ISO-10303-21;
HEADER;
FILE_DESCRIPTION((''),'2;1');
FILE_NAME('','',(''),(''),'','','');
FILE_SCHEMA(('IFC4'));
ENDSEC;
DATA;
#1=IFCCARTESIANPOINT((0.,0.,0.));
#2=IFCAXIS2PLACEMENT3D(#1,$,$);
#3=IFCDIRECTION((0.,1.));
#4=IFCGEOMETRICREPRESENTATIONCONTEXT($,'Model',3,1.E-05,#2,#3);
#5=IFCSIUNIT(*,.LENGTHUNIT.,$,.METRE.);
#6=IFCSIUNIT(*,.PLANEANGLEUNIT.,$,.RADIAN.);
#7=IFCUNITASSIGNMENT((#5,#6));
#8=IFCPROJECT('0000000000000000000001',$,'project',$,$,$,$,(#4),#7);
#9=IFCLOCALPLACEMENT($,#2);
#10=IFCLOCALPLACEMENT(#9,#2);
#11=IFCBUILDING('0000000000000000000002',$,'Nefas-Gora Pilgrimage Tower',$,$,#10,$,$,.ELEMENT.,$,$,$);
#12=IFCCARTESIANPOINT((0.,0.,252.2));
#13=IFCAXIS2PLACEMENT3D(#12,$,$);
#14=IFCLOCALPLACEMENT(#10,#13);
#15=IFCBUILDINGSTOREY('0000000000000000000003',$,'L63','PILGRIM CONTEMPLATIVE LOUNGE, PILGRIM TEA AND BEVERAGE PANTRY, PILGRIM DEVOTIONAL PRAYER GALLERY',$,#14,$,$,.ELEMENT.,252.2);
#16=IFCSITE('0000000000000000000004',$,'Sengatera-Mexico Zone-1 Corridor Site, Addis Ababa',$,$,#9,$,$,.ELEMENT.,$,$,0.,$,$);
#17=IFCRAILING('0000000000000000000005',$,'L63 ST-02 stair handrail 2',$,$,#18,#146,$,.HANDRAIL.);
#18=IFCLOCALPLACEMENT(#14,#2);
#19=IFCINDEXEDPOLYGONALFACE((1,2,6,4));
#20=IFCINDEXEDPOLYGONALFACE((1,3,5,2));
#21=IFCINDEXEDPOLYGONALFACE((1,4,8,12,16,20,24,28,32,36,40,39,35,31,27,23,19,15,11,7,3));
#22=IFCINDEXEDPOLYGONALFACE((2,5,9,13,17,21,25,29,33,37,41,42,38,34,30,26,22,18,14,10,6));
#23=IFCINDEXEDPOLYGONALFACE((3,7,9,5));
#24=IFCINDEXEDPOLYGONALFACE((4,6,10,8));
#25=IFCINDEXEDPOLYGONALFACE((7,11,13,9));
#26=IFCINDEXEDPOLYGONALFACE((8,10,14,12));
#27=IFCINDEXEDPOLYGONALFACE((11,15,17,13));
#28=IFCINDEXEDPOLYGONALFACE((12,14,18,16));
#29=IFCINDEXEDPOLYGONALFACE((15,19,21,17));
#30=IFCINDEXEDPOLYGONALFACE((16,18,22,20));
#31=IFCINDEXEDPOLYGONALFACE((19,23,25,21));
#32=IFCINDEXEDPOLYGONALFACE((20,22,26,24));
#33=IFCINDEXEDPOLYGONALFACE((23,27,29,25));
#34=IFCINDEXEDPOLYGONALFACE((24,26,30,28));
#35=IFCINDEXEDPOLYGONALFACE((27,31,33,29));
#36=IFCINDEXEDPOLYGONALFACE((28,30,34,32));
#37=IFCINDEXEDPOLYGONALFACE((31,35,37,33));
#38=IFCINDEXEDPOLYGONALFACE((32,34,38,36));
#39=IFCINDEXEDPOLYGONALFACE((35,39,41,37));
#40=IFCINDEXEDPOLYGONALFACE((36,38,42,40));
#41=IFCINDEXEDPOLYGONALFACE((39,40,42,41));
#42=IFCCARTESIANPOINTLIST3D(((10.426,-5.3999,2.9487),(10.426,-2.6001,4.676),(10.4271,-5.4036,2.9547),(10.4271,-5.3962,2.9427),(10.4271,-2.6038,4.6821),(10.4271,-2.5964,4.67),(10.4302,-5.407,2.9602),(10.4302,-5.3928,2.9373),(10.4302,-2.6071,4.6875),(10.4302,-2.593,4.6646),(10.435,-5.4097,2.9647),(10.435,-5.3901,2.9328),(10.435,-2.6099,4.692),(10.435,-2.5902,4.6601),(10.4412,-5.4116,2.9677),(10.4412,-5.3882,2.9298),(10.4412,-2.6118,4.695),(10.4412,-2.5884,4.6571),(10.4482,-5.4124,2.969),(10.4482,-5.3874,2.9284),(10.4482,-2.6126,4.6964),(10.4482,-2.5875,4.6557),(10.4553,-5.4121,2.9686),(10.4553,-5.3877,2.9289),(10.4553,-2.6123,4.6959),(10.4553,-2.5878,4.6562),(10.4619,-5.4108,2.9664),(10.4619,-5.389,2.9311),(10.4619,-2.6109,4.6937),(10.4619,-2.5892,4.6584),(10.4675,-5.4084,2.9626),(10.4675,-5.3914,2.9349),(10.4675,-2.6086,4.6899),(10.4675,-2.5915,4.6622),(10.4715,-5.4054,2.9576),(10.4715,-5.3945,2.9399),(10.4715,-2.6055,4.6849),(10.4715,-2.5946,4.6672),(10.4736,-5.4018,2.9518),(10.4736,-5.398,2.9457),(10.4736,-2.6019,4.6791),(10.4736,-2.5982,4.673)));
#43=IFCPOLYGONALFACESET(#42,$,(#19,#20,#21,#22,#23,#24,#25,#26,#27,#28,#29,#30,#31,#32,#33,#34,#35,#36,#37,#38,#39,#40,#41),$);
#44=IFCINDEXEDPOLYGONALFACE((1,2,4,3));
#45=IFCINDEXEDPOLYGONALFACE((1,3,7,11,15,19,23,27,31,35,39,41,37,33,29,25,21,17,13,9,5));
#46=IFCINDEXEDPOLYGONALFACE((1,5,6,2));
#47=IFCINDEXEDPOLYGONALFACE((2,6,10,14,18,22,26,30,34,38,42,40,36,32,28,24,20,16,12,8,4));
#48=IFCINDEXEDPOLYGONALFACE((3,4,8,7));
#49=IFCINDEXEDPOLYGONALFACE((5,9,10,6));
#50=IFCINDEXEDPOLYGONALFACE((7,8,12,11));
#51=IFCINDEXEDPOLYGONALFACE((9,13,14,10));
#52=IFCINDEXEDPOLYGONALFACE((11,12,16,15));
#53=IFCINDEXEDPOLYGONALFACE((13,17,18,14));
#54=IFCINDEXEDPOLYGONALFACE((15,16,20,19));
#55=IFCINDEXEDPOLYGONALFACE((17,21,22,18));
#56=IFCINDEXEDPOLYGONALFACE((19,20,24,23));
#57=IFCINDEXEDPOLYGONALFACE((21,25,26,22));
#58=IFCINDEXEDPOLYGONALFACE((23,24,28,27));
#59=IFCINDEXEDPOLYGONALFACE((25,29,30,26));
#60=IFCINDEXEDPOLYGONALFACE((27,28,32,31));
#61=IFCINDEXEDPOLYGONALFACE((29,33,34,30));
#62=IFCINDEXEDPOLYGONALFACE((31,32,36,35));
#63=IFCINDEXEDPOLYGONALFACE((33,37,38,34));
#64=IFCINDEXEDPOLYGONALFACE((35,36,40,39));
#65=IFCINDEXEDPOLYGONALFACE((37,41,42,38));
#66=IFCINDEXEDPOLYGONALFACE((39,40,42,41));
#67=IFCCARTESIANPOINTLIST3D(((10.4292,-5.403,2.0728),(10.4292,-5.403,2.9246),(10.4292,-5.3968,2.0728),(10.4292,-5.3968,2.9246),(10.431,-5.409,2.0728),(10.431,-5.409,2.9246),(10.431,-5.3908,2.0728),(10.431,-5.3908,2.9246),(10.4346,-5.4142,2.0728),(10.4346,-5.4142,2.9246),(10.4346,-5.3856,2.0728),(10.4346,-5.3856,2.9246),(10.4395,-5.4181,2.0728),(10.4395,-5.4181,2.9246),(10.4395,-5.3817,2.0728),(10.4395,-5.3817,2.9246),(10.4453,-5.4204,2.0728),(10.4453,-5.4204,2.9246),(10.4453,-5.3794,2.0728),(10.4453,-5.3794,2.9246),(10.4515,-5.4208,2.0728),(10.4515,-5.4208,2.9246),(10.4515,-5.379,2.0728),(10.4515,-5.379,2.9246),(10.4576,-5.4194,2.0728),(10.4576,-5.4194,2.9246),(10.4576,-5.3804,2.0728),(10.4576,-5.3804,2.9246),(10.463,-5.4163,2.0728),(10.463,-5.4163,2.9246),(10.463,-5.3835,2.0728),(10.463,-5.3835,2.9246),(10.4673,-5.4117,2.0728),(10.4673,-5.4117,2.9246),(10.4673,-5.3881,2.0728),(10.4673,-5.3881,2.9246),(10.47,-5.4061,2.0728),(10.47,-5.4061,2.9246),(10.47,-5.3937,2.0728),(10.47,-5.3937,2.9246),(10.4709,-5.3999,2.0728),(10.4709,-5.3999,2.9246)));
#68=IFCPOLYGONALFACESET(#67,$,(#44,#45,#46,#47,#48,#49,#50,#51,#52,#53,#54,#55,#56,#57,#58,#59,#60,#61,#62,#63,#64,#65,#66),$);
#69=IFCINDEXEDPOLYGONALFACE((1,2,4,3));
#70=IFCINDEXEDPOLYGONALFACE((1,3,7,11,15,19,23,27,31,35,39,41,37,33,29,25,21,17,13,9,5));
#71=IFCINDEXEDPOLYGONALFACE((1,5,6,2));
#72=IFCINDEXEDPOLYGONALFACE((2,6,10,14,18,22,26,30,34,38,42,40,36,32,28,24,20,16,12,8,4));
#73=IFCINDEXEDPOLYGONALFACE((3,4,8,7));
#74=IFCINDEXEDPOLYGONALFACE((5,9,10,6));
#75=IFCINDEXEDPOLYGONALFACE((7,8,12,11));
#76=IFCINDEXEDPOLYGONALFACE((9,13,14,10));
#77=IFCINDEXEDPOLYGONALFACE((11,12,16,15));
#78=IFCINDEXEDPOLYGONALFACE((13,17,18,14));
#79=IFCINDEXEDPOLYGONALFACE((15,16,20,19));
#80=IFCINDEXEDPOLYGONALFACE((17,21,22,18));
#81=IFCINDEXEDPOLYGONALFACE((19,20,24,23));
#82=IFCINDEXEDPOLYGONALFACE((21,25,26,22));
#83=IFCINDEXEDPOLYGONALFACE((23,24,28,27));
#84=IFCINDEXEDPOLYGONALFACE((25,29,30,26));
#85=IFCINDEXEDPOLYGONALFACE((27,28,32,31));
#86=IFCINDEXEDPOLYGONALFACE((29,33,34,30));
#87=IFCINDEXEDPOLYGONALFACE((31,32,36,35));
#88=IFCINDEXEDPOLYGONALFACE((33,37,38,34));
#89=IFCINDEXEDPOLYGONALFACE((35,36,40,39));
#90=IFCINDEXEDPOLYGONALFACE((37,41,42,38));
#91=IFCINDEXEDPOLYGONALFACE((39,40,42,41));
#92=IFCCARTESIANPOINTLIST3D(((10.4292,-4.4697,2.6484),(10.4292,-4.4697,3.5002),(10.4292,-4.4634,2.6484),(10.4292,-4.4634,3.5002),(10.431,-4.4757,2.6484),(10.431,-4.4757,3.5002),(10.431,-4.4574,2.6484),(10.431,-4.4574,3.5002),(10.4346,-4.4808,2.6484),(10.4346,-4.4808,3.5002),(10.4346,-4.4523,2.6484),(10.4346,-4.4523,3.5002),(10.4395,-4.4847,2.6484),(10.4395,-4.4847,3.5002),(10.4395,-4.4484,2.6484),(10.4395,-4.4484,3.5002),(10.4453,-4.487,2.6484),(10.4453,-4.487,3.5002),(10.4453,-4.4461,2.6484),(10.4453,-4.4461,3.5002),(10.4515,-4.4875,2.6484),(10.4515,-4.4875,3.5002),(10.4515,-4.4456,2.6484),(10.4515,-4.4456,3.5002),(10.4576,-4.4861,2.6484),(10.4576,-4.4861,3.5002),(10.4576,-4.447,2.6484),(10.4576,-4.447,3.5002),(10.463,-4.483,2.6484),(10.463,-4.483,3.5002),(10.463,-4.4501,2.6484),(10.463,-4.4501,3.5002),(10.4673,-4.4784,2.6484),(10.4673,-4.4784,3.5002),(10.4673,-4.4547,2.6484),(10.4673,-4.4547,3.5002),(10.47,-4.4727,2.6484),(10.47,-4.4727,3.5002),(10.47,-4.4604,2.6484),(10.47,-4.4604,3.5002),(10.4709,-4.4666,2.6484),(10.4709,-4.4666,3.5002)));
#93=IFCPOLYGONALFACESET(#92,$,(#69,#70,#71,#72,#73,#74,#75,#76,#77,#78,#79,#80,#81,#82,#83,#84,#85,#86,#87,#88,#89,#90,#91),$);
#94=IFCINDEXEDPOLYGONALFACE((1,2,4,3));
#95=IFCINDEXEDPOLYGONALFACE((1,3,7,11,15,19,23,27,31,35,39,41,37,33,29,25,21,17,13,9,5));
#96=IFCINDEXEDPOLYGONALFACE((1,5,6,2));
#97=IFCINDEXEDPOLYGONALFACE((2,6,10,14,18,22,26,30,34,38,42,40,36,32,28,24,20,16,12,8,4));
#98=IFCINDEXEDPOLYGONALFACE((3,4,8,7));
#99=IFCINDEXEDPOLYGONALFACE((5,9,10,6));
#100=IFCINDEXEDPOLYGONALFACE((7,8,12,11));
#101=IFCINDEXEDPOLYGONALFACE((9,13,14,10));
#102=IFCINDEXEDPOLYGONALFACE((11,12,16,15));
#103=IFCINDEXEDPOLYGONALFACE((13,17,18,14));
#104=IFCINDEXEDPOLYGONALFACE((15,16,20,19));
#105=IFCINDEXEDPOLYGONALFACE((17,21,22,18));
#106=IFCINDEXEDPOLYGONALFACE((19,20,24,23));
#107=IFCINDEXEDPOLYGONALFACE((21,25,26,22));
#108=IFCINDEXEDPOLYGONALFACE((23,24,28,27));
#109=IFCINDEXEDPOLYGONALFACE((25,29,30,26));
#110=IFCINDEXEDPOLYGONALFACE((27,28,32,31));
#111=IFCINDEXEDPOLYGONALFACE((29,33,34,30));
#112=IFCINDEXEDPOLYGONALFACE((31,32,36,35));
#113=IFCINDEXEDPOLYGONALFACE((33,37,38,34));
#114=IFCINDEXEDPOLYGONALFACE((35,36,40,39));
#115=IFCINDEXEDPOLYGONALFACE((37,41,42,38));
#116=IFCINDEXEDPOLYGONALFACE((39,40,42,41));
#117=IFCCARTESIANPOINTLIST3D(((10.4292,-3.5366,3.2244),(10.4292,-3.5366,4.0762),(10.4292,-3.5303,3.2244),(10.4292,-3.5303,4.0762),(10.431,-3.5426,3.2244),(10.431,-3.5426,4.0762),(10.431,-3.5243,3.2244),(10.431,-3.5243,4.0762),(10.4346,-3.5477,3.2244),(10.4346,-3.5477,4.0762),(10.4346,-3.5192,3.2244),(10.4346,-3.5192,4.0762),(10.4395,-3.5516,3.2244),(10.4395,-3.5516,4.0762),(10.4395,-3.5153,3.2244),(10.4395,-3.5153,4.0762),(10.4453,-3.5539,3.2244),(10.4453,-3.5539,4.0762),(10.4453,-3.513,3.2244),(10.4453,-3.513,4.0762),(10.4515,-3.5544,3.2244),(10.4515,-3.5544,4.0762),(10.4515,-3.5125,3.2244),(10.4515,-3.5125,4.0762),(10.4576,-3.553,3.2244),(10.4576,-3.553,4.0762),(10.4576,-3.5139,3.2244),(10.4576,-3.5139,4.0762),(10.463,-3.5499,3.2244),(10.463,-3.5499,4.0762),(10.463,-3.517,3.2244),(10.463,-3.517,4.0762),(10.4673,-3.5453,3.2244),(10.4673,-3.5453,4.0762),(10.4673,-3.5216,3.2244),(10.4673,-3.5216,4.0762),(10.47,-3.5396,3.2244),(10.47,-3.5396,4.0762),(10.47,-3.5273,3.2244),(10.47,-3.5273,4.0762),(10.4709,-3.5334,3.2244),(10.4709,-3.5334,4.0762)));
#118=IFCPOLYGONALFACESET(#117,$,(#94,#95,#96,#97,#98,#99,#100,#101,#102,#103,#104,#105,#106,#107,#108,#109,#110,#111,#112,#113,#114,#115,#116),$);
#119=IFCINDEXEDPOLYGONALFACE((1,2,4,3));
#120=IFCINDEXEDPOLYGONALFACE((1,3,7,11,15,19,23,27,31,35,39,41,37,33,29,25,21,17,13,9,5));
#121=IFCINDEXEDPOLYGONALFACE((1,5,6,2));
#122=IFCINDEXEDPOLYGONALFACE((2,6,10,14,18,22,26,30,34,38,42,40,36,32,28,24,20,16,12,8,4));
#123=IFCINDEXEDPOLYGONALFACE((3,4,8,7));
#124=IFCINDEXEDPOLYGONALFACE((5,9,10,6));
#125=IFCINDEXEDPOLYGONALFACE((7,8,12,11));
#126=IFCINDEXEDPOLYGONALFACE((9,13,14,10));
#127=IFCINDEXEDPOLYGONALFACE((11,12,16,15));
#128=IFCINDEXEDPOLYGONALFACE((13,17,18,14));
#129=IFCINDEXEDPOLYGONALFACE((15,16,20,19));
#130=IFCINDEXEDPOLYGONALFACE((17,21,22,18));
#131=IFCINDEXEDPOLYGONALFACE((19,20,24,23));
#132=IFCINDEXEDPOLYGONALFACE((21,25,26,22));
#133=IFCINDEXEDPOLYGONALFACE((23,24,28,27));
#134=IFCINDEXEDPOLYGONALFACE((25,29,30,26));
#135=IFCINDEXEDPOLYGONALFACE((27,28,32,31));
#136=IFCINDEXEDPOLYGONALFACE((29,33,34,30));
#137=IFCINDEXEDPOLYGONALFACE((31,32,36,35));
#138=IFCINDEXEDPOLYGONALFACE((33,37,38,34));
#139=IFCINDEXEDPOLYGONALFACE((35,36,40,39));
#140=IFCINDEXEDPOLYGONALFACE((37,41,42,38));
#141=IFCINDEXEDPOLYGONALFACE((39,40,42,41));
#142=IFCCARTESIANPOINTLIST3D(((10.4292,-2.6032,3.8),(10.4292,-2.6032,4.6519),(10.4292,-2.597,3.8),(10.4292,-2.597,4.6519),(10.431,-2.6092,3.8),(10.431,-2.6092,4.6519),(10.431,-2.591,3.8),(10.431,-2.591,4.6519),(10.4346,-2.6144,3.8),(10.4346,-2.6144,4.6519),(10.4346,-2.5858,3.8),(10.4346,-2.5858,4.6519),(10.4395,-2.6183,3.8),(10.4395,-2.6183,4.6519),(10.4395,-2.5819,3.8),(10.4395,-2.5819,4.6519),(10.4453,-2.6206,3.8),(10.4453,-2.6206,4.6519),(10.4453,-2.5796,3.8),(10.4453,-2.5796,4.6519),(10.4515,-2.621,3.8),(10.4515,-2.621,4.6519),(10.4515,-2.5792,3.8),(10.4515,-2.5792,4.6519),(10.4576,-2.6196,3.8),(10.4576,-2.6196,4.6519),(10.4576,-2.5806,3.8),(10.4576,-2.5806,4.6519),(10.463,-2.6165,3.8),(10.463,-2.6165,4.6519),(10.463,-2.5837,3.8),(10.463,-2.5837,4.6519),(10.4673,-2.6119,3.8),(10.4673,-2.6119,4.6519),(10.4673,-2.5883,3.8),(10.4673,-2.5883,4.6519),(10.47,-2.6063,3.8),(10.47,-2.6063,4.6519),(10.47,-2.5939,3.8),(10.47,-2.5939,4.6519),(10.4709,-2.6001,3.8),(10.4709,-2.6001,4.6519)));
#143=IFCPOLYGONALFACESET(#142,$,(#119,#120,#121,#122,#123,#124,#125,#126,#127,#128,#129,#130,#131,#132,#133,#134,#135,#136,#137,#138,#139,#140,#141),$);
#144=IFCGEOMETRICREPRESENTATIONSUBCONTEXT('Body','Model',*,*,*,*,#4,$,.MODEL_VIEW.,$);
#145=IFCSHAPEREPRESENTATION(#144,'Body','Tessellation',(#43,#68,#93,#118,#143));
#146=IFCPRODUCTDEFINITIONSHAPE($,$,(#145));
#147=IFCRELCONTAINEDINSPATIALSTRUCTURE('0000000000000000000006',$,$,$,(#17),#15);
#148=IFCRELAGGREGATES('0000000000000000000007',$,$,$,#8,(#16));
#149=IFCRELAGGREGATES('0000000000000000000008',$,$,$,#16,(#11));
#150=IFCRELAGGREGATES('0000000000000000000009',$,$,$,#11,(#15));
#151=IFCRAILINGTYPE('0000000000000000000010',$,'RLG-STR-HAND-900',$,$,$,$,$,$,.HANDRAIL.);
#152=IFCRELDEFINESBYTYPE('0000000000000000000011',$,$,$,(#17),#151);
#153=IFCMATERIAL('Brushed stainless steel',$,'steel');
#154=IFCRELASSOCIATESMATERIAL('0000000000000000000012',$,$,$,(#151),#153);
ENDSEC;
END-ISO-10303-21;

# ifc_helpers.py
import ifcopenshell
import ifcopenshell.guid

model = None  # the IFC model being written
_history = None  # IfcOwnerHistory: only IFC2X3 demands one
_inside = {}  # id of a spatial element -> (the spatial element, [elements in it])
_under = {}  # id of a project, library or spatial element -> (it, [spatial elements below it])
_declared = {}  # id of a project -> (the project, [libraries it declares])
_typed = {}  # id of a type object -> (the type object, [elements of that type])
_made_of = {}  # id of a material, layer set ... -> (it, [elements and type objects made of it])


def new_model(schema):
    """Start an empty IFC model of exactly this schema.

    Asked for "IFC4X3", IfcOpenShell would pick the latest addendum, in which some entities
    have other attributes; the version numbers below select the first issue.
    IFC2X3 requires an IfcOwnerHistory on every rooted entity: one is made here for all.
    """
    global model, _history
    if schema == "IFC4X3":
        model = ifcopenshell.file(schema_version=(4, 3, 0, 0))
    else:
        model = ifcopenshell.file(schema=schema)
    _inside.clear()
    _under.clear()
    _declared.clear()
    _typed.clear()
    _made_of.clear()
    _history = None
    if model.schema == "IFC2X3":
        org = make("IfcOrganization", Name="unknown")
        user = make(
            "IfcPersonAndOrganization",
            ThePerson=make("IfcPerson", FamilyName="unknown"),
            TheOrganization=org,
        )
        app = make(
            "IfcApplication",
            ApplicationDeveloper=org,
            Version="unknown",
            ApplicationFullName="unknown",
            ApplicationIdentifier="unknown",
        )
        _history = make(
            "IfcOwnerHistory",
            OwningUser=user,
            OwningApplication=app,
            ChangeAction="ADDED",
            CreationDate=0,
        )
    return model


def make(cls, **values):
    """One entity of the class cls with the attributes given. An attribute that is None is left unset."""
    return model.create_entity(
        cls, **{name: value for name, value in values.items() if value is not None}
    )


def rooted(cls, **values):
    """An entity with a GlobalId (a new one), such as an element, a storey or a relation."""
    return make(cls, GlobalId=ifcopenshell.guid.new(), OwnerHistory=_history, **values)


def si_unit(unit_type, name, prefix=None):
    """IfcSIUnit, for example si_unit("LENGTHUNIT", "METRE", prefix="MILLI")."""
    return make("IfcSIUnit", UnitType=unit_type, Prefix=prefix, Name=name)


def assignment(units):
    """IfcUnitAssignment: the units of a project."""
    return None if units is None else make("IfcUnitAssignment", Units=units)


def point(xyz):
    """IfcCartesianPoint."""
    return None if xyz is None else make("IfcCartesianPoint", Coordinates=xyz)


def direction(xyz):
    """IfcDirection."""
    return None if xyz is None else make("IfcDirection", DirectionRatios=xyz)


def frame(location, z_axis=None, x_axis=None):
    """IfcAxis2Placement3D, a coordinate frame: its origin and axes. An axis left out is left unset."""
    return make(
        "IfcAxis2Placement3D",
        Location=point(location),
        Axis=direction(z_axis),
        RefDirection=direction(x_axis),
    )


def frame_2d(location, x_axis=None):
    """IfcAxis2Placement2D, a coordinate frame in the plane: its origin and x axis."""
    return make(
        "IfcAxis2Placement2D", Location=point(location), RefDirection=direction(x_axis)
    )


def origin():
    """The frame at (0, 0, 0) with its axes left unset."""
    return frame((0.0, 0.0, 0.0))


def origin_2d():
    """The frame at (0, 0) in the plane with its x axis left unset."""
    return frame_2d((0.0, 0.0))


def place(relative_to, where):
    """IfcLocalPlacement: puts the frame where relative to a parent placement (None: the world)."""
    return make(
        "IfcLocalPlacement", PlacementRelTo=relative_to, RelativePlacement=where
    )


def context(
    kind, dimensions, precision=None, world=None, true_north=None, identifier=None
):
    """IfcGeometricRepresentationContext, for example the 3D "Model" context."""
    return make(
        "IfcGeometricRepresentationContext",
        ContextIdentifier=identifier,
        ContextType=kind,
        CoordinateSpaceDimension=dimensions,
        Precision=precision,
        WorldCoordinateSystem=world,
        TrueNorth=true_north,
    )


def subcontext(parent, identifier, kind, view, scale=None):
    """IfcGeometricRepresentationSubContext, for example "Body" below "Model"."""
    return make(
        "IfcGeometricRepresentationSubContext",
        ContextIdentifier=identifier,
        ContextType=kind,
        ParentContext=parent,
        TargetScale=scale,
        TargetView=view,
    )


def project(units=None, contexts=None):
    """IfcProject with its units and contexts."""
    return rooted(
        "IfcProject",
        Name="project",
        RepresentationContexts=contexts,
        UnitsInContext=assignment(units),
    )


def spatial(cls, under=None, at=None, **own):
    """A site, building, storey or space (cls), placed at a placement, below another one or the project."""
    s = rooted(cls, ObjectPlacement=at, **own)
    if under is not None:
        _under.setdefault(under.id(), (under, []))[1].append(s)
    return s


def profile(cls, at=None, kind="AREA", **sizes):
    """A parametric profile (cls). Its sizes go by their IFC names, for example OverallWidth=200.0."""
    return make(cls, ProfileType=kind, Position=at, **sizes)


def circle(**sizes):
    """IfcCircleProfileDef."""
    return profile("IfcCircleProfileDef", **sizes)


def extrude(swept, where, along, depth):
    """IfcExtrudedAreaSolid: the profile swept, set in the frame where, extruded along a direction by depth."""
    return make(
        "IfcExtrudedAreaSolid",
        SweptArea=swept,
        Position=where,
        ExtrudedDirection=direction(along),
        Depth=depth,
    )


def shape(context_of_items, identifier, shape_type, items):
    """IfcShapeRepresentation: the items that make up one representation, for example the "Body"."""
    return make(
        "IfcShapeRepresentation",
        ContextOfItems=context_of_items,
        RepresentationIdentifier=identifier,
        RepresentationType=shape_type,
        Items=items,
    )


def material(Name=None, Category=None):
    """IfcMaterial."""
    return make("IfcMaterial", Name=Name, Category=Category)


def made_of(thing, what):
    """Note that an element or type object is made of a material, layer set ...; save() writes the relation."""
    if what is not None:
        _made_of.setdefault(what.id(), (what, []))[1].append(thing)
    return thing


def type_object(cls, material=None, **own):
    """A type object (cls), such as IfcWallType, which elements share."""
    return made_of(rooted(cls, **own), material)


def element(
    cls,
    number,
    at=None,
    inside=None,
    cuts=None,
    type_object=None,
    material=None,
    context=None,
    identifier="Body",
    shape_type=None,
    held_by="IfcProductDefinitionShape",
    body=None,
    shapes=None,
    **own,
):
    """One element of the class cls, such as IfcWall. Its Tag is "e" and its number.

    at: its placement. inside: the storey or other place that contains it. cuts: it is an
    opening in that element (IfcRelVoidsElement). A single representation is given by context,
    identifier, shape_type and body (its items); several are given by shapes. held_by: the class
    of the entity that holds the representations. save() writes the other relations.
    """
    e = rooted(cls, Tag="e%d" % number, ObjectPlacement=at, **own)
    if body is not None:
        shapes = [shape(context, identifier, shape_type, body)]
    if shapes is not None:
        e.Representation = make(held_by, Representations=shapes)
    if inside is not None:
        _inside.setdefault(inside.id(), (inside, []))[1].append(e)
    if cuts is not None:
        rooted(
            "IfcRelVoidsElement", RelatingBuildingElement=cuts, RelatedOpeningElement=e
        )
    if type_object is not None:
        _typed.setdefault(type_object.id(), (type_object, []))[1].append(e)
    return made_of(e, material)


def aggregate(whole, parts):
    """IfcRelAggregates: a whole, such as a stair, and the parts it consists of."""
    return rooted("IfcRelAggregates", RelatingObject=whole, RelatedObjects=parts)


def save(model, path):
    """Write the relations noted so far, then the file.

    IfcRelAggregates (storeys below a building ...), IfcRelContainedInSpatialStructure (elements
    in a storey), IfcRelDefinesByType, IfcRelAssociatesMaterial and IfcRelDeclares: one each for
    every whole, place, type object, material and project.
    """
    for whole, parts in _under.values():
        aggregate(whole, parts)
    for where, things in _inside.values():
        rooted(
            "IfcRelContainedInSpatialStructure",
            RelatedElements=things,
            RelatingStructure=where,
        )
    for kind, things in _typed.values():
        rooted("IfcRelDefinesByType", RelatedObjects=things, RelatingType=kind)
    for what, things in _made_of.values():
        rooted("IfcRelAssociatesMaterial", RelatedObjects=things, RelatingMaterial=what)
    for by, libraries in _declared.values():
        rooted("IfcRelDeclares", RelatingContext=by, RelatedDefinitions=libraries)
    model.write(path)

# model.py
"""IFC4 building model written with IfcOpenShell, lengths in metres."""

from ifc_helpers import new_model, si_unit, direction, frame, origin, origin_2d, place, context, subcontext, project, spatial, circle, extrude, material, type_object, element, save


model = new_model("IFC4")

# Units and contexts
model_context = context("Model", 3, precision=1e-05, world=origin(), true_north=direction((0.0, 1.0)))
body_context = subcontext(model_context, "Body", "Model", "MODEL_VIEW")
ifc_project = project(units=[si_unit("LENGTHUNIT", "METRE"), si_unit("PLANEANGLEUNIT", "RADIAN")], contexts=[model_context])

# Site, building, storey
site_placement = place(None, origin())
site = spatial("IfcSite", under=ifc_project, at=site_placement, Name="Sengatera-Mexico Zone-1 Corridor Site, Addis Ababa", CompositionType="ELEMENT", RefElevation=0.0)
building_placement = place(site_placement, origin())
building = spatial("IfcBuilding", under=site, at=building_placement, Name="Nefas-Gora Pilgrimage Tower", CompositionType="ELEMENT")
storey_placement = place(building_placement, frame((0.0, 0.0, 252.2)))
storey = spatial("IfcBuildingStorey", under=building, at=storey_placement, Name="L63", Description="PILGRIM CONTEMPLATIVE LOUNGE, PILGRIM TEA AND BEVERAGE PANTRY, PILGRIM DEVOTIONAL PRAYER GALLERY", CompositionType="ELEMENT", Elevation=252.2)

# Railing
ifc_material_1 = material(Name="Brushed stainless steel", Category="steel")
railing_type_1 = type_object("IfcRailingType", Name="RLG-STR-HAND-900", PredefinedType="HANDRAIL", material=ifc_material_1)
railing_1_placement = place(storey_placement, frame((10.45, -5.3999, 2.0728)))
element("IfcRailing", 1, at=railing_1_placement, inside=storey, type_object=railing_type_1, Name="L63 ST-02 stair handrail 2", PredefinedType="HANDRAIL", context=body_context, shape_type="SweptSolid", body=[
    extrude(circle(Radius=0.0239, at=origin_2d()), frame((0.0, 0.0, 0.876), z_axis=(0.0, 0.851069, 0.525054), x_axis=(-1.0, 0.0, 0.0)), (0.0, 0.0, 1.0), 3.2898),
    extrude(circle(Radius=0.021, at=origin_2d()), origin(), (0.0, 0.0, 1.0), 0.8518),
    extrude(circle(Radius=0.021, at=origin_2d()), frame((0.0, 0.9333, 0.5757)), (0.0, 0.0, 1.0), 0.8518),
    extrude(circle(Radius=0.021, at=origin_2d()), frame((0.0, 1.8665, 1.1516)), (0.0, 0.0, 1.0), 0.8518),
    extrude(circle(Radius=0.021, at=origin_2d()), frame((0.0, 2.7998, 1.7273)), (0.0, 0.0, 1.0), 0.8518),
])

save(model, "model.ifc")
